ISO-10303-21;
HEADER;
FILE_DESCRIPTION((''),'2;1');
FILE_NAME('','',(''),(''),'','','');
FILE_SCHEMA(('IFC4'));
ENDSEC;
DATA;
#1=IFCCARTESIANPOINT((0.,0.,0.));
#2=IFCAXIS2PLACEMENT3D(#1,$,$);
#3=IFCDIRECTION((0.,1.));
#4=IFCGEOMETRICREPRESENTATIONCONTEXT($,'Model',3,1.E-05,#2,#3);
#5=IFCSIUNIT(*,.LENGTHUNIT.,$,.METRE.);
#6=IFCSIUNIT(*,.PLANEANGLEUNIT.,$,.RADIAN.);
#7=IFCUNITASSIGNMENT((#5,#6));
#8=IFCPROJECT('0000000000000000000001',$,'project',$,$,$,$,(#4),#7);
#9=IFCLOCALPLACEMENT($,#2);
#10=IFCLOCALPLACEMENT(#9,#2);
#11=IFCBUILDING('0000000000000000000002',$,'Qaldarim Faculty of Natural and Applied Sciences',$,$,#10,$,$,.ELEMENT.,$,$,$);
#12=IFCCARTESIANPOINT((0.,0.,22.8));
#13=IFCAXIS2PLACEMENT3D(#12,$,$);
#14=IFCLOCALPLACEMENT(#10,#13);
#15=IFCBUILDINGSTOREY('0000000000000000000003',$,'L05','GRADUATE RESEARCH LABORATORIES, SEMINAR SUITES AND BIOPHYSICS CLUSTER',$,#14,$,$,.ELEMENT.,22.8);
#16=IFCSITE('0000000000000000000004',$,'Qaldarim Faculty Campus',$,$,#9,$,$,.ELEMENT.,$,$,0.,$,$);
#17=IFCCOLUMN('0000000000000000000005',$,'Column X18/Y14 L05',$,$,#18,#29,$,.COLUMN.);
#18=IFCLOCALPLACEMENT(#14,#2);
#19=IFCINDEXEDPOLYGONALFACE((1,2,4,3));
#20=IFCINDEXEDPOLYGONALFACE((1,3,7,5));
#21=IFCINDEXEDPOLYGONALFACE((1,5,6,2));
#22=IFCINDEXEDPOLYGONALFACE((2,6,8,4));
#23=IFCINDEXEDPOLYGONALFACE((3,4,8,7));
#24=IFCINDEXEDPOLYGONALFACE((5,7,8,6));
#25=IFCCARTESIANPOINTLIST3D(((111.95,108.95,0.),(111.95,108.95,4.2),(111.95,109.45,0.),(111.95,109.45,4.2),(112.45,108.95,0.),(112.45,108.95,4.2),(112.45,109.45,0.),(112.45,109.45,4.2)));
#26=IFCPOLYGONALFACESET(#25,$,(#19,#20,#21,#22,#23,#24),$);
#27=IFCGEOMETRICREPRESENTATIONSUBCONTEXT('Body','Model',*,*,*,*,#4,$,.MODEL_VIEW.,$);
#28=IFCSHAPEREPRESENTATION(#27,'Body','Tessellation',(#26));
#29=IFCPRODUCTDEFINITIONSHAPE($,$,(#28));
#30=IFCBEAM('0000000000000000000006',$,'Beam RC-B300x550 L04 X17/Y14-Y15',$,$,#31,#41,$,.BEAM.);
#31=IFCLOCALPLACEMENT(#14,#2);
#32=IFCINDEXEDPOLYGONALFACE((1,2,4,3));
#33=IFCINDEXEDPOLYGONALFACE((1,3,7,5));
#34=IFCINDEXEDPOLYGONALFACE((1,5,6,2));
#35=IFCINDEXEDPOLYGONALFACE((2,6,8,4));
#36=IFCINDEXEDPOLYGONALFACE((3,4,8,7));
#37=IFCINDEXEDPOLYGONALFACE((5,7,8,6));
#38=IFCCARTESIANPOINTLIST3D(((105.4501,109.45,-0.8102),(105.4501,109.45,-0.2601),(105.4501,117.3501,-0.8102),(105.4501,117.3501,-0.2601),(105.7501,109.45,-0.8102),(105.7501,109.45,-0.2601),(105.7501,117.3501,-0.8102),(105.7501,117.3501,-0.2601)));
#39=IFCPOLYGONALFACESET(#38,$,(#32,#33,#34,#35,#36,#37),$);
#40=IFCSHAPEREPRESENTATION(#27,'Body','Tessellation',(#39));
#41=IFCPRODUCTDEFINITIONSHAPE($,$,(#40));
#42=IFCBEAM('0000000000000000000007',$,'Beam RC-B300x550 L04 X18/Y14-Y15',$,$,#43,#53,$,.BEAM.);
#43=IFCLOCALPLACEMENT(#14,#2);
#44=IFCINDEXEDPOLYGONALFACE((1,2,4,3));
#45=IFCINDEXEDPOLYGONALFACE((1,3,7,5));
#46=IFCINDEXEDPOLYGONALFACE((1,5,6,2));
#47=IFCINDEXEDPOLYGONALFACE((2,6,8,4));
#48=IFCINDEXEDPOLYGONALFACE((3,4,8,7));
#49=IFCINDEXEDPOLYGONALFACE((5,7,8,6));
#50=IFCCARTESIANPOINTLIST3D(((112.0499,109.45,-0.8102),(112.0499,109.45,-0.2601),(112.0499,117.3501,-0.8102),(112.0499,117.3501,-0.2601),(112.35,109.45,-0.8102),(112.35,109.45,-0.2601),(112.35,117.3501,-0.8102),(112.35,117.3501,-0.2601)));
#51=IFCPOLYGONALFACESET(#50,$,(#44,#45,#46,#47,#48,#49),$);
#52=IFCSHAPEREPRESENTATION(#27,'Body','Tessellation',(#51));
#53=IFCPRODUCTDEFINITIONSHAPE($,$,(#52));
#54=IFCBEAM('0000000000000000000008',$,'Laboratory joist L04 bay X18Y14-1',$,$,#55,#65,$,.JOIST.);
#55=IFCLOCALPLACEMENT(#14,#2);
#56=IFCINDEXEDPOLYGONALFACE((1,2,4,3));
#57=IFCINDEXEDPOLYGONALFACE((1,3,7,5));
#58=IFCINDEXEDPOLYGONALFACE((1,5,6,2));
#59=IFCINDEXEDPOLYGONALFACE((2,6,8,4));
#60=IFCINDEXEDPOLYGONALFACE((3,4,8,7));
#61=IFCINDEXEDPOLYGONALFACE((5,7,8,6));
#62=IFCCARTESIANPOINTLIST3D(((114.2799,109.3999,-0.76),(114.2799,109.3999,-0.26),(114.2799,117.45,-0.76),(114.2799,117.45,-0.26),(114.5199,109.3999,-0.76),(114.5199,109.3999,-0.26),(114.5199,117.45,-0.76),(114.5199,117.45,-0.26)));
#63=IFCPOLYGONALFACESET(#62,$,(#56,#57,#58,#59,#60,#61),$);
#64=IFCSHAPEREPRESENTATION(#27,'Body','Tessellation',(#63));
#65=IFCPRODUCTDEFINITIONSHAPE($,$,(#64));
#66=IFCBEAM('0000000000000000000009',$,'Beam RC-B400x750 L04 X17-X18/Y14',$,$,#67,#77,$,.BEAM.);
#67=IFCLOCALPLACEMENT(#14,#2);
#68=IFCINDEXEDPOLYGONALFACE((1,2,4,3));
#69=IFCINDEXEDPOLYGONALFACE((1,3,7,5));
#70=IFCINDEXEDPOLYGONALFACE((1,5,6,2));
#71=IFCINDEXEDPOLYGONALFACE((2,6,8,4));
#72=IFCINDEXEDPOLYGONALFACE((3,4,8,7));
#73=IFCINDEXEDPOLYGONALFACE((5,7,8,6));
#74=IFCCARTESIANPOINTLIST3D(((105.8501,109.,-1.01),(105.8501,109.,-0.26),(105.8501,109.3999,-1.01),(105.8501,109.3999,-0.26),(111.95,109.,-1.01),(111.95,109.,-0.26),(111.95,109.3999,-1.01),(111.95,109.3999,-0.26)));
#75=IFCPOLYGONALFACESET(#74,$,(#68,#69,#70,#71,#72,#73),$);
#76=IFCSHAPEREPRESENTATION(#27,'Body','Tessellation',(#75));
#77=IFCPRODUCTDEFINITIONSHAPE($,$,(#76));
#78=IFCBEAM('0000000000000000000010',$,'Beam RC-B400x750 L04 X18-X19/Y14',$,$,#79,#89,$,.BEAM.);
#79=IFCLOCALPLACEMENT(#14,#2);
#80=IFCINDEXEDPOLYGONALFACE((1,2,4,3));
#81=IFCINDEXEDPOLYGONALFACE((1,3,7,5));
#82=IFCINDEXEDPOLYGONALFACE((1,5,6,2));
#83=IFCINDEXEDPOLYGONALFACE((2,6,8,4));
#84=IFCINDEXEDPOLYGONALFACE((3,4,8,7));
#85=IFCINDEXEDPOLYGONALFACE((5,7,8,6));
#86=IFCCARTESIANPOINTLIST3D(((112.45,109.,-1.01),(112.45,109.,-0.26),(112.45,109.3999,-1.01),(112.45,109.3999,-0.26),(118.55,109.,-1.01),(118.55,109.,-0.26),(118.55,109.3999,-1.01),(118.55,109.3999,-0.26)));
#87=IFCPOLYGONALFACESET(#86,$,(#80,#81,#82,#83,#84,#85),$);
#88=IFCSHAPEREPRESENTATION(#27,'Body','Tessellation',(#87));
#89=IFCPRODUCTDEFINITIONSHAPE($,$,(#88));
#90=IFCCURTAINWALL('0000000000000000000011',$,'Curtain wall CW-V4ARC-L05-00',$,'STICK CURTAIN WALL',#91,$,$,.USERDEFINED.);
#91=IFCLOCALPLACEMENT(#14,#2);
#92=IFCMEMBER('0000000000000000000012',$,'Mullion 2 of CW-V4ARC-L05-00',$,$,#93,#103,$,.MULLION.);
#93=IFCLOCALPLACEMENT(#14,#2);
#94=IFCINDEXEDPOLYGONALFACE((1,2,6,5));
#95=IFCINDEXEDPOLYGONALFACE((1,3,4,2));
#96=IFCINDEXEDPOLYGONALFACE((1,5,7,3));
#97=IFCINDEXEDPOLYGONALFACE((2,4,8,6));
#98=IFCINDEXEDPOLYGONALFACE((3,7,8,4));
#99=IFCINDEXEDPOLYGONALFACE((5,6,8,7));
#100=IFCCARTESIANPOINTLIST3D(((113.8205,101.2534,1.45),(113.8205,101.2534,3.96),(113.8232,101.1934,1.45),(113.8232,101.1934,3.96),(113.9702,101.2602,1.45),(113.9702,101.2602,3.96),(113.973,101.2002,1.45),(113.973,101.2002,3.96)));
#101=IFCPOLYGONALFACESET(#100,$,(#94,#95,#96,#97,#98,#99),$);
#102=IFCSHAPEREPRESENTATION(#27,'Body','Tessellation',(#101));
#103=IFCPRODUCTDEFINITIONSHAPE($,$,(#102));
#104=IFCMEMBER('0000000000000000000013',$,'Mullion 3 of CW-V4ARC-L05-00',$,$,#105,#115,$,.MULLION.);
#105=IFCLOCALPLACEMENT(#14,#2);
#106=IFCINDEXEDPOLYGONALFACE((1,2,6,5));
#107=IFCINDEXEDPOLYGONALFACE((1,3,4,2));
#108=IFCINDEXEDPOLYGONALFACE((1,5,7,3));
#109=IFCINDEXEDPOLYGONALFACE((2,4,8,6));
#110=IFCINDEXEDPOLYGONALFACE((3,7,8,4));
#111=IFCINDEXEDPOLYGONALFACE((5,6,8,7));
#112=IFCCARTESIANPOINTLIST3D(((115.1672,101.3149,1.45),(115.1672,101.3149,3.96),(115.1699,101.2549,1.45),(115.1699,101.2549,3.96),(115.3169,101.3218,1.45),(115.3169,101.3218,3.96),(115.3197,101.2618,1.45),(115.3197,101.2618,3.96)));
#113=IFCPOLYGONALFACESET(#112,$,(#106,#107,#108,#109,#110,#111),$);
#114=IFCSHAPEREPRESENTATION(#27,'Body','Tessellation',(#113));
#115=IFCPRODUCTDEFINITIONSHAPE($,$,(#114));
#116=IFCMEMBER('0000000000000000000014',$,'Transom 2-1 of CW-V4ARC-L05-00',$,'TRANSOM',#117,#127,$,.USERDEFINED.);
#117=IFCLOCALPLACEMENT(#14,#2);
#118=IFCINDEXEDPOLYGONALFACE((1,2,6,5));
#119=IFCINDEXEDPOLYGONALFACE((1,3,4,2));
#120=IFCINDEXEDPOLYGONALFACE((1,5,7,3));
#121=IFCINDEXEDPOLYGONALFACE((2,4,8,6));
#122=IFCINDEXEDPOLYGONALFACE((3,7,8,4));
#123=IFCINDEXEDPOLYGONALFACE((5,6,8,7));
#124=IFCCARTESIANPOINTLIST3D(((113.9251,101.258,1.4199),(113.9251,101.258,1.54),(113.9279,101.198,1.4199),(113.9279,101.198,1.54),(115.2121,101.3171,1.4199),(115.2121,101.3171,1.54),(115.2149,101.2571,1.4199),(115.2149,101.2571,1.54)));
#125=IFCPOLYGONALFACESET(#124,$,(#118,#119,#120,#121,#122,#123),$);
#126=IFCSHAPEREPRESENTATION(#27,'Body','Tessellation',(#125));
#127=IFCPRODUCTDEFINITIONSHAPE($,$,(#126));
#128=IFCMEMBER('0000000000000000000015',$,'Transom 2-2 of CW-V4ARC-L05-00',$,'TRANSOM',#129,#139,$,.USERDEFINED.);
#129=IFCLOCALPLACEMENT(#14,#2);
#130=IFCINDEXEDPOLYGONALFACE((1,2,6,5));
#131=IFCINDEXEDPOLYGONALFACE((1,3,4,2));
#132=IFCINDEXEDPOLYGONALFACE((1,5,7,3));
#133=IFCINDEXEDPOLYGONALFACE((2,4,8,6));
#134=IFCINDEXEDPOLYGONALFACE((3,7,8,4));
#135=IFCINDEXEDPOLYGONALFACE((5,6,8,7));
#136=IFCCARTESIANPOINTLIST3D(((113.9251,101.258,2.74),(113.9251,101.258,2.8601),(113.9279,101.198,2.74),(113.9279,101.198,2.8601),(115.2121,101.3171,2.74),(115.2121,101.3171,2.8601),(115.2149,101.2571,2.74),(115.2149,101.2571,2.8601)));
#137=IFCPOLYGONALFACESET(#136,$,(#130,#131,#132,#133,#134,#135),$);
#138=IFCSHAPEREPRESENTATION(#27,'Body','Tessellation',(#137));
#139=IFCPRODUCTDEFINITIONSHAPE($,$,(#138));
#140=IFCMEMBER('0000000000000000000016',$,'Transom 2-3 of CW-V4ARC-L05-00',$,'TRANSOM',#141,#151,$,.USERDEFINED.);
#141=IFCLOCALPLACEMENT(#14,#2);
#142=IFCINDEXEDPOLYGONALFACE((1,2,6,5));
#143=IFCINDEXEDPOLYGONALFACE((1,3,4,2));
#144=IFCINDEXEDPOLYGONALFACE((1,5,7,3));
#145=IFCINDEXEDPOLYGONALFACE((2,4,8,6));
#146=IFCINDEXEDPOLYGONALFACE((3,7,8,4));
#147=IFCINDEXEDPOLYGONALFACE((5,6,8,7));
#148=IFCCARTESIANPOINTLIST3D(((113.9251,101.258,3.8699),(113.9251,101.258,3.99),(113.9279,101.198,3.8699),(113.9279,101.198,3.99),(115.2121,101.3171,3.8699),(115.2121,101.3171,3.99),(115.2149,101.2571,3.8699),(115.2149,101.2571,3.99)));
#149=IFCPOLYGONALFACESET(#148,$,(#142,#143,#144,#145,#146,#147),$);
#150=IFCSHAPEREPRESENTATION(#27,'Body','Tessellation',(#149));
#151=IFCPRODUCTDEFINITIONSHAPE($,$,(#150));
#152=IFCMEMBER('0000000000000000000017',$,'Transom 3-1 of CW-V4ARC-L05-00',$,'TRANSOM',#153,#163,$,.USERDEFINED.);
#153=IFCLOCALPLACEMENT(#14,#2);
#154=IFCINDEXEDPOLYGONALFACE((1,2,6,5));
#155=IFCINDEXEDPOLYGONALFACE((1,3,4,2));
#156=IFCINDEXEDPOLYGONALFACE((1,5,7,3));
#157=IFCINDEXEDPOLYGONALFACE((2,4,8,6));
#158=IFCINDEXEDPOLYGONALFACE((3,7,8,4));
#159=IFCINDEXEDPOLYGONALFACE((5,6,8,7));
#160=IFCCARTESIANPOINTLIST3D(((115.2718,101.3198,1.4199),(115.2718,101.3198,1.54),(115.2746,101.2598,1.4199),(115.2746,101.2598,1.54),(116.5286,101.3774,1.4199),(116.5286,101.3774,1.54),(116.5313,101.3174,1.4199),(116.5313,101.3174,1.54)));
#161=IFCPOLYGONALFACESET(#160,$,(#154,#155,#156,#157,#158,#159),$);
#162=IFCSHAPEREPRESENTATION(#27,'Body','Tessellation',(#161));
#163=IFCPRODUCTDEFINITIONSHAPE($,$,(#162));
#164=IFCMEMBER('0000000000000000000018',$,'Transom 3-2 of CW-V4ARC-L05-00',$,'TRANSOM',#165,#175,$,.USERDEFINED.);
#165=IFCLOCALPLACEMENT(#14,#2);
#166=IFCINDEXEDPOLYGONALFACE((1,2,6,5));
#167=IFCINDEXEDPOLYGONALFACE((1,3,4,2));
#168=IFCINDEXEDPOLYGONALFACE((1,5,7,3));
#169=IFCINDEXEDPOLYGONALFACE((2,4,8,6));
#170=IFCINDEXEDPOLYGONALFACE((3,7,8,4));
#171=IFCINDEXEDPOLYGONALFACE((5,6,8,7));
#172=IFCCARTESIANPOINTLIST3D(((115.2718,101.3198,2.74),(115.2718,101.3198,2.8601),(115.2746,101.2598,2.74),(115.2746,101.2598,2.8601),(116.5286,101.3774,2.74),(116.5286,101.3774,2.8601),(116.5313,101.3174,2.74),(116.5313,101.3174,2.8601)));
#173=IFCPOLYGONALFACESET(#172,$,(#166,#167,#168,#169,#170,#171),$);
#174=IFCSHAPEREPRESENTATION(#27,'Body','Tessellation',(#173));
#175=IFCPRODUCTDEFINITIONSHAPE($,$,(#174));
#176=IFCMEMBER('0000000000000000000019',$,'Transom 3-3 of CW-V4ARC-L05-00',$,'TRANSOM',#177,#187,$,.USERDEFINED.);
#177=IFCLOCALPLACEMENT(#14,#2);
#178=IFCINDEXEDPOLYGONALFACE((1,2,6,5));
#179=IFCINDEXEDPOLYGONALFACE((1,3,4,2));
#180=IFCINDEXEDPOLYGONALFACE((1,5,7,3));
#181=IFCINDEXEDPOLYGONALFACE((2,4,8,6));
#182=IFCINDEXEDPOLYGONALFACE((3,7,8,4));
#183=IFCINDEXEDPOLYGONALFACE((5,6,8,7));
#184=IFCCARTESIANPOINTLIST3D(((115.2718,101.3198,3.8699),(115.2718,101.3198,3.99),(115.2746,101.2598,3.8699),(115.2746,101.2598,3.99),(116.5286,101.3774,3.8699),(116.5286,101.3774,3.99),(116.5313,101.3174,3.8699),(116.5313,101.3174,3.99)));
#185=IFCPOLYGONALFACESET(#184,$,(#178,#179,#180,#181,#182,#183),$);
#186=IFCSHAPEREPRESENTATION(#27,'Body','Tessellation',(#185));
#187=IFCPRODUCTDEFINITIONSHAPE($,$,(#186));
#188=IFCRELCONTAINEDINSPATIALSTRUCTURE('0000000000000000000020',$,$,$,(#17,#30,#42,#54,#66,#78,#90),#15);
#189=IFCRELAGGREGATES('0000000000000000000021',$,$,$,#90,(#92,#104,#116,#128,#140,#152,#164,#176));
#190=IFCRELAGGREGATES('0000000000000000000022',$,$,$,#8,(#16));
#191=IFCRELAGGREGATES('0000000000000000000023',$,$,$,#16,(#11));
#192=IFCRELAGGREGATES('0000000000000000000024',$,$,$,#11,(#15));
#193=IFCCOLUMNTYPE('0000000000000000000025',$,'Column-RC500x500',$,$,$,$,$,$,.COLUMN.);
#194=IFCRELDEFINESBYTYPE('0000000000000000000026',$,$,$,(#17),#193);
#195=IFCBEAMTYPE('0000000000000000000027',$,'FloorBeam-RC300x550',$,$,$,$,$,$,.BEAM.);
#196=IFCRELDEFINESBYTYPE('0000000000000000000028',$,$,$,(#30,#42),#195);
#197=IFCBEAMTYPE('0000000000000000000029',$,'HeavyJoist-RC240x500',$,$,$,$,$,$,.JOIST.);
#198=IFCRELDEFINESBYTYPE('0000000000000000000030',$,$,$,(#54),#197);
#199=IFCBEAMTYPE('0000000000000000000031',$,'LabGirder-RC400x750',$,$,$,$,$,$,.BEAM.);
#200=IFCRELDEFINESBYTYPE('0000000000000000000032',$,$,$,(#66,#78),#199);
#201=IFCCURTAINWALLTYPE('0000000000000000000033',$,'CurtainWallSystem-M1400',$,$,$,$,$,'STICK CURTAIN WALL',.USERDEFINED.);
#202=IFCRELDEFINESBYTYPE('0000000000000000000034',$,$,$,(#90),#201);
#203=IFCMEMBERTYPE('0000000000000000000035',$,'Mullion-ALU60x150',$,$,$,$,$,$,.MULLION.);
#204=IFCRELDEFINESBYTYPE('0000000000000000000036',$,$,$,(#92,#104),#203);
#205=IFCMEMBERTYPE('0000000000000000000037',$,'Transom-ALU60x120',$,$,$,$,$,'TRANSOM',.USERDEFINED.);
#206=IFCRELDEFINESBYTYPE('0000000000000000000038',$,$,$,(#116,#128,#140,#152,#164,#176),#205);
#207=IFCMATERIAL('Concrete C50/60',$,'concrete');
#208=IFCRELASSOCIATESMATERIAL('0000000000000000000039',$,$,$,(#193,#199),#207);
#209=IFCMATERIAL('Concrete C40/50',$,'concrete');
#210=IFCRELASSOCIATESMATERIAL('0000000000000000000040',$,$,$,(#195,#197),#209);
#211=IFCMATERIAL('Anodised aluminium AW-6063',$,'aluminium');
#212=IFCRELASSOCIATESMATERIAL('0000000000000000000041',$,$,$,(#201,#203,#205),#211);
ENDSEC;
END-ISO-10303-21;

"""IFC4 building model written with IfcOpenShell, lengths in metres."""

from ifc_helpers import new_model, si_unit, direction, frame, origin, origin_2d, place, context, subcontext, project, spatial, rectangle, extrude, material, material_profile, profile_set, type_object, element, aggregate, save


model = new_model("IFC4")

# Units and contexts
model_context = context("Model", 3, precision=1e-05, world=origin(), true_north=direction((0.0, 1.0)))
body_context = subcontext(model_context, "Body", "Model", "MODEL_VIEW")
ifc_project = project(units=[si_unit("LENGTHUNIT", "METRE"), si_unit("PLANEANGLEUNIT", "RADIAN")], contexts=[model_context])

# Site, building, storey
site_placement = place(None, origin())
site = spatial("IfcSite", under=ifc_project, at=site_placement, Name="Qaldarim Faculty Campus", CompositionType="ELEMENT", RefElevation=0.0)
building_placement = place(site_placement, origin())
building = spatial("IfcBuilding", under=site, at=building_placement, Name="Qaldarim Faculty of Natural and Applied Sciences", CompositionType="ELEMENT")
storey_placement = place(building_placement, frame((0.0, 0.0, 22.8)))
storey = spatial("IfcBuildingStorey", under=building, at=storey_placement, Name="L05", Description="GRADUATE RESEARCH LABORATORIES, SEMINAR SUITES AND BIOPHYSICS CLUSTER", CompositionType="ELEMENT", Elevation=22.8)

# Column
ifc_material_1 = material(Name="Concrete C50/60", Category="concrete")
ifc_material_profile_1 = material_profile(ifc_material_1, rectangle(XDim=0.5, YDim=0.5, at=origin_2d()), Name="RC-C500x500")
ifc_profile_set_1 = profile_set([ifc_material_profile_1], Name="Concrete C50/60")
column_type = type_object("IfcColumnType", Name="Column-RC500x500", PredefinedType="COLUMN", material=ifc_profile_set_1)
column_placement = place(storey_placement, frame((112.2, 109.2, 0.0), z_axis=(0.0, 0.0, 1.0), x_axis=(1.0, 0.0, 0.0)))
element("IfcColumn", 1, at=column_placement, inside=storey, type_object=column_type, Name="Column X18/Y14 L05", PredefinedType="COLUMN", context=body_context, shape_type="SweptSolid", body=[
    extrude(rectangle(XDim=0.5, YDim=0.5, at=origin_2d()), origin(), (0.0, 0.0, 1.0), 4.2),
])

# Beams
ifc_material_2 = material(Name="Concrete C40/50", Category="concrete")
ifc_material_profile_2 = material_profile(ifc_material_2, rectangle(XDim=0.3, YDim=0.55, at=origin_2d()), Name="RC-B300x550")
ifc_profile_set_2 = profile_set([ifc_material_profile_2], Name="Concrete C40/50")
beam_type_1 = type_object("IfcBeamType", Name="FloorBeam-RC300x550", PredefinedType="BEAM", material=ifc_profile_set_2)
for number, where, z_axis, x_axis, name in (
    (2, (105.6001, 109.45, -0.5352), (0.0, 1.0, 0.0), (-1.0, 0.0, 0.0), "Beam RC-B300x550 L04 X17/Y14-Y15"),
    (3, (112.2, 109.45, -0.5352), (0.0, 1.0, 0.0), (-1.0, 0.0, 0.0), "Beam RC-B300x550 L04 X18/Y14-Y15"),
):
    element("IfcBeam", number, at=place(storey_placement, frame(where, z_axis=z_axis, x_axis=x_axis)), inside=storey, type_object=beam_type_1, Name=name, PredefinedType="BEAM", context=body_context, shape_type="SweptSolid", body=[
        extrude(rectangle(XDim=0.3, YDim=0.55, at=origin_2d()), origin(), (0.0, 0.0, 1.0), 7.9001),
    ])
ifc_material_profile_3 = material_profile(ifc_material_2, rectangle(XDim=0.24, YDim=0.5, at=origin_2d()), Name="RC-J240x500")
ifc_profile_set_3 = profile_set([ifc_material_profile_3], Name="Concrete C40/50")
beam_type_2 = type_object("IfcBeamType", Name="HeavyJoist-RC240x500", PredefinedType="JOIST", material=ifc_profile_set_3)
beam_1_placement = place(storey_placement, frame((114.3999, 109.3999, -0.51), z_axis=(0.0, 1.0, 0.0), x_axis=(-1.0, 0.0, 0.0)))
element("IfcBeam", 4, at=beam_1_placement, inside=storey, type_object=beam_type_2, Name="Laboratory joist L04 bay X18Y14-1", PredefinedType="JOIST", context=body_context, shape_type="SweptSolid", body=[
    extrude(rectangle(XDim=0.24, YDim=0.5, at=origin_2d()), origin(), (0.0, 0.0, 1.0), 8.05),
])
ifc_material_profile_4 = material_profile(ifc_material_1, rectangle(XDim=0.3999, YDim=0.75, at=origin_2d()), Name="RC-B400x750")
ifc_profile_set_4 = profile_set([ifc_material_profile_4], Name="Concrete C50/60")
beam_type_3 = type_object("IfcBeamType", Name="LabGirder-RC400x750", PredefinedType="BEAM", material=ifc_profile_set_4)
beam_2_placement = place(storey_placement, frame((105.8501, 109.2, -0.635), z_axis=(1.0, 0.0, 0.0), x_axis=(0.0, 1.0, 0.0)))
element("IfcBeam", 5, at=beam_2_placement, inside=storey, type_object=beam_type_3, Name="Beam RC-B400x750 L04 X17-X18/Y14", PredefinedType="BEAM", context=body_context, shape_type="SweptSolid", body=[
    extrude(rectangle(XDim=0.3999, YDim=0.75, at=origin_2d()), origin(), (0.0, 0.0, 1.0), 6.0999),
])
beam_3_placement = place(storey_placement, frame((112.45, 109.2, -0.635), z_axis=(1.0, 0.0, 0.0), x_axis=(0.0, 1.0, 0.0)))
element("IfcBeam", 6, at=beam_3_placement, inside=storey, type_object=beam_type_3, Name="Beam RC-B400x750 L04 X18-X19/Y14", PredefinedType="BEAM", context=body_context, shape_type="SweptSolid", body=[
    extrude(rectangle(XDim=0.3999, YDim=0.75, at=origin_2d()), origin(), (0.0, 0.0, 1.0), 6.1001),
])

# Curtain wall, members
ifc_material_3 = material(Name="Anodised aluminium AW-6063", Category="aluminium")
curtain_wall_type = type_object("IfcCurtainWallType", Name="CurtainWallSystem-M1400", ElementType="STICK CURTAIN WALL", PredefinedType="USERDEFINED", material=ifc_material_3)
curtain_wall_placement = place(storey_placement, origin())
curtain_wall = element("IfcCurtainWall", 7, at=curtain_wall_placement, inside=storey, type_object=curtain_wall_type, Name="Curtain wall CW-V4ARC-L05-00", ObjectType="STICK CURTAIN WALL", PredefinedType="USERDEFINED")
ifc_material_profile_5 = material_profile(ifc_material_3, rectangle(XDim=0.0601, YDim=0.1499, at=origin_2d()), Name="ALU-M60x150")
ifc_profile_set_5 = profile_set([ifc_material_profile_5], Name="Anodised aluminium AW-6063")
member_type_1 = type_object("IfcMemberType", Name="Mullion-ALU60x150", PredefinedType="MULLION", material=ifc_profile_set_5)
member_1_placement = place(storey_placement, frame((113.8967, 101.2268, 1.45), z_axis=(0.0, 0.0, 1.0), x_axis=(-0.045747, 0.998953, 0.0)))
member_1 = element("IfcMember", 8, at=member_1_placement, type_object=member_type_1, Name="Mullion 2 of CW-V4ARC-L05-00", PredefinedType="MULLION", context=body_context, shape_type="SweptSolid", body=[
    extrude(rectangle(XDim=0.0601, YDim=0.1499, at=origin_2d()), origin(), (0.0, 0.0, 1.0), 2.51),
])
member_2_placement = place(storey_placement, frame((115.2434, 101.2883, 1.45), z_axis=(0.0, 0.0, 1.0), x_axis=(-0.045747, 0.998953, 0.0)))
member_2 = element("IfcMember", 9, at=member_2_placement, type_object=member_type_1, Name="Mullion 3 of CW-V4ARC-L05-00", PredefinedType="MULLION", context=body_context, shape_type="SweptSolid", body=[
    extrude(rectangle(XDim=0.0601, YDim=0.1499, at=origin_2d()), origin(), (0.0, 0.0, 1.0), 2.51),
])
ifc_material_profile_6 = material_profile(ifc_material_3, rectangle(XDim=0.0601, YDim=0.1201, at=origin_2d()), Name="ALU-T60x120")
ifc_profile_set_6 = profile_set([ifc_material_profile_6], Name="Anodised aluminium AW-6063")
member_type_2 = type_object("IfcMemberType", Name="Transom-ALU60x120", ElementType="TRANSOM", PredefinedType="USERDEFINED", material=ifc_profile_set_6)
member_3_placement = place(storey_placement, frame((113.9265, 101.228, 1.48), z_axis=(0.998948, 0.045863, 0.0), x_axis=(-0.045863, 0.998948, 0.0)))
member_3 = element("IfcMember", 10, at=member_3_placement, type_object=member_type_2, Name="Transom 2-1 of CW-V4ARC-L05-00", ObjectType="TRANSOM", PredefinedType="USERDEFINED", context=body_context, shape_type="SweptSolid", body=[
    extrude(rectangle(XDim=0.0601, YDim=0.1201, at=origin_2d()), origin(), (0.0, 0.0, 1.0), 1.2883),
])
member_4_placement = place(storey_placement, frame((113.9265, 101.228, 2.8), z_axis=(0.998948, 0.045863, 0.0), x_axis=(-0.045863, 0.998948, 0.0)))
member_4 = element("IfcMember", 11, at=member_4_placement, type_object=member_type_2, Name="Transom 2-2 of CW-V4ARC-L05-00", ObjectType="TRANSOM", PredefinedType="USERDEFINED", context=body_context, shape_type="SweptSolid", body=[
    extrude(rectangle(XDim=0.0601, YDim=0.1201, at=origin_2d()), origin(), (0.0, 0.0, 1.0), 1.2883),
])
member_5_placement = place(storey_placement, frame((113.9265, 101.228, 3.9299), z_axis=(0.998948, 0.045863, 0.0), x_axis=(-0.045863, 0.998948, 0.0)))
member_5 = element("IfcMember", 12, at=member_5_placement, type_object=member_type_2, Name="Transom 2-3 of CW-V4ARC-L05-00", ObjectType="TRANSOM", PredefinedType="USERDEFINED", context=body_context, shape_type="SweptSolid", body=[
    extrude(rectangle(XDim=0.0601, YDim=0.1201, at=origin_2d()), origin(), (0.0, 0.0, 1.0), 1.2883),
])
member_6_placement = place(storey_placement, frame((115.2732, 101.2898, 1.48), z_axis=(0.998951, 0.045795, 0.0), x_axis=(-0.045795, 0.998951, 0.0)))
member_6 = element("IfcMember", 13, at=member_6_placement, type_object=member_type_2, Name="Transom 3-1 of CW-V4ARC-L05-00", ObjectType="TRANSOM", PredefinedType="USERDEFINED", context=body_context, shape_type="SweptSolid", body=[
    extrude(rectangle(XDim=0.0601, YDim=0.1201, at=origin_2d()), origin(), (0.0, 0.0, 1.0), 1.2581),
])
member_7_placement = place(storey_placement, frame((115.2732, 101.2898, 2.8), z_axis=(0.998951, 0.045795, 0.0), x_axis=(-0.045795, 0.998951, 0.0)))
member_7 = element("IfcMember", 14, at=member_7_placement, type_object=member_type_2, Name="Transom 3-2 of CW-V4ARC-L05-00", ObjectType="TRANSOM", PredefinedType="USERDEFINED", context=body_context, shape_type="SweptSolid", body=[
    extrude(rectangle(XDim=0.0601, YDim=0.1201, at=origin_2d()), origin(), (0.0, 0.0, 1.0), 1.2581),
])
member_8_placement = place(storey_placement, frame((115.2732, 101.2898, 3.9299), z_axis=(0.998951, 0.045795, 0.0), x_axis=(-0.045795, 0.998951, 0.0)))
member_8 = element("IfcMember", 15, at=member_8_placement, type_object=member_type_2, Name="Transom 3-3 of CW-V4ARC-L05-00", ObjectType="TRANSOM", PredefinedType="USERDEFINED", context=body_context, shape_type="SweptSolid", body=[
    extrude(rectangle(XDim=0.0601, YDim=0.1201, at=origin_2d()), origin(), (0.0, 0.0, 1.0), 1.2581),
])
aggregate(curtain_wall, [member_1, member_2, member_3, member_4, member_5, member_6, member_7, member_8])

save(model, "model.ifc")
